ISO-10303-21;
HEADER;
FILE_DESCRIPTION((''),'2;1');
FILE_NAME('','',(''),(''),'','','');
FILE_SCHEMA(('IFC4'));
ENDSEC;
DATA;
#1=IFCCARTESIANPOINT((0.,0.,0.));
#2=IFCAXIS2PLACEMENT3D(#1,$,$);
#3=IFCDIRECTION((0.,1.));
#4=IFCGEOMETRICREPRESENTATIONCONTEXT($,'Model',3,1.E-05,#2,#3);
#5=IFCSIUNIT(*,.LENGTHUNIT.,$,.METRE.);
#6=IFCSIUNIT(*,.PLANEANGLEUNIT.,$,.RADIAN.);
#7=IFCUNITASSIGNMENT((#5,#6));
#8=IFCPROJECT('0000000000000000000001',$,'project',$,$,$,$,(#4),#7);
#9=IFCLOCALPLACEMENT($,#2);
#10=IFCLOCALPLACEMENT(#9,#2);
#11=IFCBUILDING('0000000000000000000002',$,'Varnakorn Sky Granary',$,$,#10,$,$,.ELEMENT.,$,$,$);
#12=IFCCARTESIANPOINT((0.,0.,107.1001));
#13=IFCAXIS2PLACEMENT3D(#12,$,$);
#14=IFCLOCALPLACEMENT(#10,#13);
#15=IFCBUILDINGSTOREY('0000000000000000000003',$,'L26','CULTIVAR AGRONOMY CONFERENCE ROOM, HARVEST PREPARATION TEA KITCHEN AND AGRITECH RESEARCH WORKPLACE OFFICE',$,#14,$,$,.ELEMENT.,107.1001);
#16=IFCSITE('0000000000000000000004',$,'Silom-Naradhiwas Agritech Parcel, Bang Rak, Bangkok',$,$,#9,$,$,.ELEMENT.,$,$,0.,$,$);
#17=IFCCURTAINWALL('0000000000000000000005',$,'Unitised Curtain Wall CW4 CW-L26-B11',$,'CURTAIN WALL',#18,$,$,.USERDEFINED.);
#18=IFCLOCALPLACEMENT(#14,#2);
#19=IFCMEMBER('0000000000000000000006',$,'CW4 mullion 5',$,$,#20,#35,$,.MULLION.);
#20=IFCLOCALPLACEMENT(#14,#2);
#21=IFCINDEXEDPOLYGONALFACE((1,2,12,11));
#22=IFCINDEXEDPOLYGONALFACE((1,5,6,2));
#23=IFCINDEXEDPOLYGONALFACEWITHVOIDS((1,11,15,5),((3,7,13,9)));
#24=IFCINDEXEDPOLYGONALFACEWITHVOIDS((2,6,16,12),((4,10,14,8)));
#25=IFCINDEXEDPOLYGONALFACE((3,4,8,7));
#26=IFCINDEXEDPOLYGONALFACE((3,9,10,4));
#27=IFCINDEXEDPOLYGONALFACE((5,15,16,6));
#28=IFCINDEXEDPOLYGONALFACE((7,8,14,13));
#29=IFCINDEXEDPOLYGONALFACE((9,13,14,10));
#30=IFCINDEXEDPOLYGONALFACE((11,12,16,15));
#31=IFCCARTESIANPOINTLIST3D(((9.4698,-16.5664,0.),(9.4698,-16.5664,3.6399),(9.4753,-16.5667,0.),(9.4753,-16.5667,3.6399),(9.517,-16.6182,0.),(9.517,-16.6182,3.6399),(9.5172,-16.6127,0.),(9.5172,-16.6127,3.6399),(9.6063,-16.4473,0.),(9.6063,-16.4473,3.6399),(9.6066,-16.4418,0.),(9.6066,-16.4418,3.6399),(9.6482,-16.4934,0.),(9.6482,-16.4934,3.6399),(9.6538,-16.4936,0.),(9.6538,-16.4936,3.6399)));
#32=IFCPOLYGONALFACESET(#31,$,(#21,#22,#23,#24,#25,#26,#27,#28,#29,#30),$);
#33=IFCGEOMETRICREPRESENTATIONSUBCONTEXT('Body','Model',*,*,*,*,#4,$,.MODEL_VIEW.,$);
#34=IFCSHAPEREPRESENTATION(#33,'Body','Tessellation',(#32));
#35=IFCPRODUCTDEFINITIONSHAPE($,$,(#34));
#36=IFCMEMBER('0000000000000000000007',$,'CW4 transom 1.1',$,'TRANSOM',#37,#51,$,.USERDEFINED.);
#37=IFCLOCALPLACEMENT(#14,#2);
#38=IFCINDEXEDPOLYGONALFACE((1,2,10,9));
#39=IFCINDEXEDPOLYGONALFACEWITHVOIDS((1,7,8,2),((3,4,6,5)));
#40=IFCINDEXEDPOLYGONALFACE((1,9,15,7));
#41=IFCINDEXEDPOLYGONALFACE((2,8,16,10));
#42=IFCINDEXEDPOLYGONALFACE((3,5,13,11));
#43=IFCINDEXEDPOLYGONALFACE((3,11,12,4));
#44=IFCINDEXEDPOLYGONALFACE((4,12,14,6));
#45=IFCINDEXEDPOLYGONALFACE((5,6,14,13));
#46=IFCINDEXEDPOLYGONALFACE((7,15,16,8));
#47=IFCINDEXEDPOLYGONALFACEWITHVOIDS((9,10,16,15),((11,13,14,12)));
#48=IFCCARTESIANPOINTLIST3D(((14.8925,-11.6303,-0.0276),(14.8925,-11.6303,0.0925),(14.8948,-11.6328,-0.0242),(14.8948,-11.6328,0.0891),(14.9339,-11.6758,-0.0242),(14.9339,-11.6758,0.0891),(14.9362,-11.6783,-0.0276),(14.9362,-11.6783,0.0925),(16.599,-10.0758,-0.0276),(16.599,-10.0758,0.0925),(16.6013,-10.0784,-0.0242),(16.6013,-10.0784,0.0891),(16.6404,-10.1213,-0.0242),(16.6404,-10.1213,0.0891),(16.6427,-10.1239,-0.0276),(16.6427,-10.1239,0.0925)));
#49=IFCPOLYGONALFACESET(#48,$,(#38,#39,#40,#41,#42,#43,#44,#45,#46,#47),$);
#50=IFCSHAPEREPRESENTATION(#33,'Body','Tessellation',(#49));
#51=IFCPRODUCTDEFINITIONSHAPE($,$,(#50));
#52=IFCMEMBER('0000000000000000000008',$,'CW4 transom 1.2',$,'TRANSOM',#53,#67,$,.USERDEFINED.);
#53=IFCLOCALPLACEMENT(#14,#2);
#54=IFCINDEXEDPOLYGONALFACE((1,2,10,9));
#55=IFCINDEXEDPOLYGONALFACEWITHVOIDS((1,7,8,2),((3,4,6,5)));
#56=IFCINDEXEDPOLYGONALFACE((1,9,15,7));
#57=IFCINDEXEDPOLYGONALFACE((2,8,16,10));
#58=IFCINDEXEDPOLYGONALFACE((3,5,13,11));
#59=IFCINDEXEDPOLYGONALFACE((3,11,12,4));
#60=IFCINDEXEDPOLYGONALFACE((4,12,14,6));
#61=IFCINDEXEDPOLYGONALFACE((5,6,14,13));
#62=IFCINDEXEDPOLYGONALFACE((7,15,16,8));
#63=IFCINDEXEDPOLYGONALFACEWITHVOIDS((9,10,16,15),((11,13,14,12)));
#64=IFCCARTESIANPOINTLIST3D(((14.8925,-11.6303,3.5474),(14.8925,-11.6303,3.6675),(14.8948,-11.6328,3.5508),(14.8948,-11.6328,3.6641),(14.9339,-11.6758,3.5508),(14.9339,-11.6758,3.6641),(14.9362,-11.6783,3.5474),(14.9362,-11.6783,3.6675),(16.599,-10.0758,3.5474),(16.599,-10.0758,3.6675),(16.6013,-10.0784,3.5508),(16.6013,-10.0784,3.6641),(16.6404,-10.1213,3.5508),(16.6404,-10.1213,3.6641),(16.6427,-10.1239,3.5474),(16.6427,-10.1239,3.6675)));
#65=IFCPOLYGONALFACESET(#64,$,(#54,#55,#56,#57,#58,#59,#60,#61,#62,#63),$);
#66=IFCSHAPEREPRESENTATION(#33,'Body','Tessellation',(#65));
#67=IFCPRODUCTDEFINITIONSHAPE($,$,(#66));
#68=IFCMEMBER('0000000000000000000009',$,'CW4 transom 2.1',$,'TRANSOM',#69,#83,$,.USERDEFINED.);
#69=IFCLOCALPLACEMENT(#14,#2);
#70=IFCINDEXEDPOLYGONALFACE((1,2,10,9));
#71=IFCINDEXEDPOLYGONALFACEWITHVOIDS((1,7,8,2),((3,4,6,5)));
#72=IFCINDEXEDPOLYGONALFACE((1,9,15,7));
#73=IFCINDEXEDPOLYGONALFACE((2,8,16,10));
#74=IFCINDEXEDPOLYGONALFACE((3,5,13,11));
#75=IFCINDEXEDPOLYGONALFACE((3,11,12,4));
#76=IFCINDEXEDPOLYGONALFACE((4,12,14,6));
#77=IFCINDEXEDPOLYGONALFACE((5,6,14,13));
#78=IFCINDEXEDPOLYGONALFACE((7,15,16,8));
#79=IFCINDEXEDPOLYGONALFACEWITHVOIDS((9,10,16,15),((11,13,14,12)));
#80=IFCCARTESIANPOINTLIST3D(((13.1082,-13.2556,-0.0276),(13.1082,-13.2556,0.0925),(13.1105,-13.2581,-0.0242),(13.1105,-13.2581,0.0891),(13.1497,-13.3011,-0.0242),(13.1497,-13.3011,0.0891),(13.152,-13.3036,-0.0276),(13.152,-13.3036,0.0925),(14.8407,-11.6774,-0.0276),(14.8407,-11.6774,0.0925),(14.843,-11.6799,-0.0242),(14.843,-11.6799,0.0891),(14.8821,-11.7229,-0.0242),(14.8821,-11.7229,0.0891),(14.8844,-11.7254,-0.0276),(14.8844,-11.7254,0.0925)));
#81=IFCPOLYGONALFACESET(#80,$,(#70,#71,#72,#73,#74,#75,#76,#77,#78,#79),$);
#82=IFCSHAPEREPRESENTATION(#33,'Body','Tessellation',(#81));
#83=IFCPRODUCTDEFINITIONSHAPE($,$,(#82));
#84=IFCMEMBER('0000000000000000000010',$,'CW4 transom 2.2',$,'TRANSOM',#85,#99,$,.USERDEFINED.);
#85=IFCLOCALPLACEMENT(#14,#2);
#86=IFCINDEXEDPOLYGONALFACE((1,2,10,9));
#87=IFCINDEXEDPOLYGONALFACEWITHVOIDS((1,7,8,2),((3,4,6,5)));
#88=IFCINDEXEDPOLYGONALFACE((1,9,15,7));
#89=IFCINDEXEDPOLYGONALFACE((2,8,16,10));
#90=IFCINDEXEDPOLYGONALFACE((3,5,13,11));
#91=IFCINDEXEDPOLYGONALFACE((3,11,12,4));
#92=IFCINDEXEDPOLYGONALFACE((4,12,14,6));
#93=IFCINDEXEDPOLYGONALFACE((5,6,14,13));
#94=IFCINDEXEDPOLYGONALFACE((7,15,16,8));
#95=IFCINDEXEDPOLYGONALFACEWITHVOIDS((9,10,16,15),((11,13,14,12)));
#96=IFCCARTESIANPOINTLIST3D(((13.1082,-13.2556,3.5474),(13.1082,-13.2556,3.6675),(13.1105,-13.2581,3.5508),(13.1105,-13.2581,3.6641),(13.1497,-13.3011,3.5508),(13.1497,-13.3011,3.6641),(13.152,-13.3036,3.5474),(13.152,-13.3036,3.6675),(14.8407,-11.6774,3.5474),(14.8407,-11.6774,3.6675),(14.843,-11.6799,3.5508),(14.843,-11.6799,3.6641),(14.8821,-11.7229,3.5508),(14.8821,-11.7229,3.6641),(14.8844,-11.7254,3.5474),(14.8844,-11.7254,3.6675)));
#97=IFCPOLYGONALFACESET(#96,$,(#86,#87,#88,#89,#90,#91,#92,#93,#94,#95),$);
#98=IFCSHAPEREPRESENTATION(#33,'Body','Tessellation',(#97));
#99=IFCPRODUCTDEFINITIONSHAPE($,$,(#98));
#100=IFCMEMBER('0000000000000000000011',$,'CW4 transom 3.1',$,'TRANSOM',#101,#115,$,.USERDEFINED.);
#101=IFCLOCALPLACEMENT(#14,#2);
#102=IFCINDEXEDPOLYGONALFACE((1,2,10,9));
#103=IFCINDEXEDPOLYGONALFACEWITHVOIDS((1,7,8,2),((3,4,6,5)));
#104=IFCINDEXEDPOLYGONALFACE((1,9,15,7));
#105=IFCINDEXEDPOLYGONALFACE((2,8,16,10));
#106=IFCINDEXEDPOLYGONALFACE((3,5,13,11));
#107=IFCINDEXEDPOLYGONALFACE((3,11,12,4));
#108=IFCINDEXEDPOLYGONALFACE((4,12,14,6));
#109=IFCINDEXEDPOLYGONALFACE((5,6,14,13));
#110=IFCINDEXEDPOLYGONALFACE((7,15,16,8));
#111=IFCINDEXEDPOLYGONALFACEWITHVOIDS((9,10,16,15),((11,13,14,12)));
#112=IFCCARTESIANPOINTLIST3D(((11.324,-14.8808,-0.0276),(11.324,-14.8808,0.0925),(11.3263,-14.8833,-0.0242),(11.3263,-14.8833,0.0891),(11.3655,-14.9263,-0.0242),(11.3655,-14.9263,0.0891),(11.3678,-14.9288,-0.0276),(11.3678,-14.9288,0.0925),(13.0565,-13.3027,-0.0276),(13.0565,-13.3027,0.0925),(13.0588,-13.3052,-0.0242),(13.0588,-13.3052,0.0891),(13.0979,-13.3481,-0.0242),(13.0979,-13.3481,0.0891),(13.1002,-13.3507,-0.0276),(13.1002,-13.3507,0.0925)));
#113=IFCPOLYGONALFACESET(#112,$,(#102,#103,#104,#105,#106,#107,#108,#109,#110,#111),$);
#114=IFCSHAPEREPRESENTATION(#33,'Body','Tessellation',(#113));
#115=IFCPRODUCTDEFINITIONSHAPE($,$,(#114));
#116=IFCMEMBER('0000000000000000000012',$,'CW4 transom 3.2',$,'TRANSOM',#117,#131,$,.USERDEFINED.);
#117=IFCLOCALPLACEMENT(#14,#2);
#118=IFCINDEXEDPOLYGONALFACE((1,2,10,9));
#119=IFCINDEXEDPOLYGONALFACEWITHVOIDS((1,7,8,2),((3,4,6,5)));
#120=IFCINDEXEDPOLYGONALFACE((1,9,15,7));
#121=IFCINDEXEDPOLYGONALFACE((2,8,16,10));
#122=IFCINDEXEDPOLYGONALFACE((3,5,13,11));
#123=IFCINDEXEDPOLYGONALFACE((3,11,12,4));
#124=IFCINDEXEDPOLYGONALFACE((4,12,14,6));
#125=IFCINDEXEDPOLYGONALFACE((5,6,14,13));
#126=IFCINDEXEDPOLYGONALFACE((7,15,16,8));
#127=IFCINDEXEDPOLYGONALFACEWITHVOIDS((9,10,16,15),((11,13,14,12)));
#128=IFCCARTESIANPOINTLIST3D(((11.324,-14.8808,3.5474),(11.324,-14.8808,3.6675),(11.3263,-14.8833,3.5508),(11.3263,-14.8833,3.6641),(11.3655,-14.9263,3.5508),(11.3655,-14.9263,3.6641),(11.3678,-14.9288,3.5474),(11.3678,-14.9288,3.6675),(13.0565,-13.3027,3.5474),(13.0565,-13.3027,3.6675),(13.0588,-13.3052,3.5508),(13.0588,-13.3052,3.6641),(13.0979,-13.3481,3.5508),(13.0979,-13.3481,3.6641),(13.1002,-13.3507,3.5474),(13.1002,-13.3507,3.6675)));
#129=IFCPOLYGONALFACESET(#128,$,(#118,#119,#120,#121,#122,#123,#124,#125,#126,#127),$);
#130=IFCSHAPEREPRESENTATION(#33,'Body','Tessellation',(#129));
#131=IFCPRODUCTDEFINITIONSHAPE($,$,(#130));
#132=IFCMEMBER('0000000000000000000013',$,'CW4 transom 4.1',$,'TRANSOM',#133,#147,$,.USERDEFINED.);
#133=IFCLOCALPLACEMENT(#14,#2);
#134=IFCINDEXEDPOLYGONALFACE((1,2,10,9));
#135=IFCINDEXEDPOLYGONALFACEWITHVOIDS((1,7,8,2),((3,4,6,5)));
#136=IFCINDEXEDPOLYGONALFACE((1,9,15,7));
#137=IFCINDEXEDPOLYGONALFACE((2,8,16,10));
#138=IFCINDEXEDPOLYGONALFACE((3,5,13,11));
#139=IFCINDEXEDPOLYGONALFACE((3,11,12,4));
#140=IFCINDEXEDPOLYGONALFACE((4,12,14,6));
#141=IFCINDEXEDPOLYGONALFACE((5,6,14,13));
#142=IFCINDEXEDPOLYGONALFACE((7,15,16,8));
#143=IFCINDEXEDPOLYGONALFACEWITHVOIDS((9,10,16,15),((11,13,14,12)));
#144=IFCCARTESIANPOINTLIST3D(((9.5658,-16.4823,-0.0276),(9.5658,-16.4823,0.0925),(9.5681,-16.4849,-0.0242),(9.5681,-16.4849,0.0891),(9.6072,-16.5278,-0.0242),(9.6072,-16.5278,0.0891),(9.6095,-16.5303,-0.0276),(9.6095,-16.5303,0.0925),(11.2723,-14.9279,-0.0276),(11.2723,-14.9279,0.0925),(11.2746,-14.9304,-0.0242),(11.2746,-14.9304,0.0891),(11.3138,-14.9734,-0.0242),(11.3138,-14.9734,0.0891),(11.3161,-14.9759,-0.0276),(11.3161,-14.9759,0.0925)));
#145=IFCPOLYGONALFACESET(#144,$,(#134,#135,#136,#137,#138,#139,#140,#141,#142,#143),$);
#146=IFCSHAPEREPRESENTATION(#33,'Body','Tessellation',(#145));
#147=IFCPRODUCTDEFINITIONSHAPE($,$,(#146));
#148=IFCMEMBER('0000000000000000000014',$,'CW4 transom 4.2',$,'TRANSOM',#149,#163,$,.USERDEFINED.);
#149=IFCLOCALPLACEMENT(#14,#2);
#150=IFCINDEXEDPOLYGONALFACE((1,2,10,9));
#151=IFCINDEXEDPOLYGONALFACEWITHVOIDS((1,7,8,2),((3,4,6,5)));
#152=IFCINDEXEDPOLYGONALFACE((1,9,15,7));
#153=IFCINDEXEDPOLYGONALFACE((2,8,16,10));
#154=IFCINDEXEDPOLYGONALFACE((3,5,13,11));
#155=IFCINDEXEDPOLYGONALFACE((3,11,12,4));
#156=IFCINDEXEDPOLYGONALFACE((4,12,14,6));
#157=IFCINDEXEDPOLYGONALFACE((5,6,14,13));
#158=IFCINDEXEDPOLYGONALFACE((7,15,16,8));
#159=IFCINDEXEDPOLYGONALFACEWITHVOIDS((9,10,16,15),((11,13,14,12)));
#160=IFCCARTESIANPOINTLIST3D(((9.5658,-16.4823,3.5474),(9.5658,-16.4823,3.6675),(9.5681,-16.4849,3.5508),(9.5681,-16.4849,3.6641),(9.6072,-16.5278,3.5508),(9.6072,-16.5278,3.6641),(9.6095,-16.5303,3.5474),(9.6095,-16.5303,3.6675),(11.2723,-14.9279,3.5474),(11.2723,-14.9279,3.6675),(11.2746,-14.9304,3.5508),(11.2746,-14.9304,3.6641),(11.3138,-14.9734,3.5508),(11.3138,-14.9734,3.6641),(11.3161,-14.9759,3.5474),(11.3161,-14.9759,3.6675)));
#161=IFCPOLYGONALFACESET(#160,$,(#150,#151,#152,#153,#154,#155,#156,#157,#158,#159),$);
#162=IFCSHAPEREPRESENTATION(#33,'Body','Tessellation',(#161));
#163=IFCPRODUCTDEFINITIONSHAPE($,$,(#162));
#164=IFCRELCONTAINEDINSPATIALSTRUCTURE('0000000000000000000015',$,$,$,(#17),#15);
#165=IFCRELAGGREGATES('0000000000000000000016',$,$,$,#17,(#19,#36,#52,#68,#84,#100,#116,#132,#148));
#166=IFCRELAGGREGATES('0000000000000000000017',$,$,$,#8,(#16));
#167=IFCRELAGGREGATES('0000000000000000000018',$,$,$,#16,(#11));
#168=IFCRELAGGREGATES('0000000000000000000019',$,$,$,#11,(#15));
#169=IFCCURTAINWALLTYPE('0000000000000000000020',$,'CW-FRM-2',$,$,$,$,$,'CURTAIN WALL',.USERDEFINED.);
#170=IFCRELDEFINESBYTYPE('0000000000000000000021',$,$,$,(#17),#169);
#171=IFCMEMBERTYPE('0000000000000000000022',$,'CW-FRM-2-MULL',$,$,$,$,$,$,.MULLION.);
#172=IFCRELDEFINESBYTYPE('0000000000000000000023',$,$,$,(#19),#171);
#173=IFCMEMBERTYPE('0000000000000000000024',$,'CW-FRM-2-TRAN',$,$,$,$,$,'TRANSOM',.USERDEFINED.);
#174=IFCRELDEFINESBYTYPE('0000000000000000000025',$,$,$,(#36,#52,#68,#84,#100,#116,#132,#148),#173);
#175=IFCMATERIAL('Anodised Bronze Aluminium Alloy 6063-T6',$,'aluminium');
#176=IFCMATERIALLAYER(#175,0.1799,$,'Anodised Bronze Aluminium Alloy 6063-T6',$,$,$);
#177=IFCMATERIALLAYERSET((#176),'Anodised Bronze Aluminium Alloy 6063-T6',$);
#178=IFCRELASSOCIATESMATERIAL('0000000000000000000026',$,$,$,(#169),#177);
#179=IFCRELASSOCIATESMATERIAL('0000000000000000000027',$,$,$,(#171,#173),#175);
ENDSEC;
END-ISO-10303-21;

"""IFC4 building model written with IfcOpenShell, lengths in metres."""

from ifc_helpers import new_model, si_unit, direction, frame, origin, origin_2d, place, context, subcontext, project, spatial, hollow_rectangle, extrude, material, layer, layer_set, material_profile, profile_set, type_object, element, aggregate, save


model = new_model("IFC4")

# Units and contexts
model_context = context("Model", 3, precision=1e-05, world=origin(), true_north=direction((0.0, 1.0)))
body_context = subcontext(model_context, "Body", "Model", "MODEL_VIEW")
ifc_project = project(units=[si_unit("LENGTHUNIT", "METRE"), si_unit("PLANEANGLEUNIT", "RADIAN")], contexts=[model_context])

# Site, building, storey
site_placement = place(None, origin())
site = spatial("IfcSite", under=ifc_project, at=site_placement, Name="Silom-Naradhiwas Agritech Parcel, Bang Rak, Bangkok", CompositionType="ELEMENT", RefElevation=0.0)
building_placement = place(site_placement, origin())
building = spatial("IfcBuilding", under=site, at=building_placement, Name="Varnakorn Sky Granary", CompositionType="ELEMENT")
storey_placement = place(building_placement, frame((0.0, 0.0, 107.1001)))
storey = spatial("IfcBuildingStorey", under=building, at=storey_placement, Name="L26", Description="CULTIVAR AGRONOMY CONFERENCE ROOM, HARVEST PREPARATION TEA KITCHEN AND AGRITECH RESEARCH WORKPLACE OFFICE", CompositionType="ELEMENT", Elevation=107.1001)

# Curtain wall, members
ifc_material_1 = material(Name="Anodised Bronze Aluminium Alloy 6063-T6", Category="aluminium")
ifc_layer_1 = layer(ifc_material_1, 0.1799, Name="Anodised Bronze Aluminium Alloy 6063-T6")
ifc_layer_set_1 = layer_set([ifc_layer_1], Name="Anodised Bronze Aluminium Alloy 6063-T6")
curtain_wall_type = type_object("IfcCurtainWallType", Name="CW-FRM-2", ElementType="CURTAIN WALL", PredefinedType="USERDEFINED", material=ifc_layer_set_1)
curtain_wall_placement = place(storey_placement, origin())
curtain_wall = element("IfcCurtainWall", 1, at=curtain_wall_placement, inside=storey, type_object=curtain_wall_type, Name="Unitised Curtain Wall CW4 CW-L26-B11", ObjectType="CURTAIN WALL", PredefinedType="USERDEFINED")
ifc_material_profile_1 = material_profile(ifc_material_1, hollow_rectangle(XDim=0.0701, YDim=0.1851, WallThickness=0.0039, at=origin_2d()), Name="ALU MULL 70x185")
ifc_profile_set_1 = profile_set([ifc_material_profile_1], Name="Anodised Bronze Aluminium Alloy 6063-T6")
member_type_1 = type_object("IfcMemberType", Name="CW-FRM-2-MULL", PredefinedType="MULLION", material=ifc_profile_set_1)
member_1_placement = place(storey_placement, frame((9.5618, -16.53, 0.0), z_axis=(0.0, 0.0, 1.0), x_axis=(0.673414, -0.739265, 0.0)))
member_1 = element("IfcMember", 2, at=member_1_placement, type_object=member_type_1, Name="CW4 mullion 5", PredefinedType="MULLION", context=body_context, shape_type="SweptSolid", body=[
    extrude(hollow_rectangle(XDim=0.0701, YDim=0.1851, WallThickness=0.0039, at=origin_2d()), origin(), (0.0, 0.0, 1.0), 3.6399),
])
ifc_material_profile_2 = material_profile(ifc_material_1, hollow_rectangle(XDim=0.0649, YDim=0.1201, WallThickness=0.0034, at=origin_2d()), Name="ALU TRAN 65x120")
ifc_profile_set_2 = profile_set([ifc_material_profile_2], Name="Anodised Bronze Aluminium Alloy 6063-T6")
member_type_2 = type_object("IfcMemberType", Name="CW-FRM-2-TRAN", ElementType="TRANSOM", PredefinedType="USERDEFINED", material=ifc_profile_set_2)
member_2_placement = place(storey_placement, frame((16.6208, -10.0999, 0.0325), z_axis=(-0.739284, -0.673394, 0.0), x_axis=(0.673394, -0.739284, 0.0)))
member_2 = element("IfcMember", 3, at=member_2_placement, type_object=member_type_2, Name="CW4 transom 1.1", ObjectType="TRANSOM", PredefinedType="USERDEFINED", context=body_context, shape_type="SweptSolid", body=[
    extrude(hollow_rectangle(XDim=0.0649, YDim=0.1201, WallThickness=0.0034, at=origin_2d()), origin(), (0.0, 0.0, 1.0), 2.3083),
])
member_3_placement = place(storey_placement, frame((16.6208, -10.0999, 3.6074), z_axis=(-0.739284, -0.673394, 0.0), x_axis=(0.673394, -0.739284, 0.0)))
member_3 = element("IfcMember", 4, at=member_3_placement, type_object=member_type_2, Name="CW4 transom 1.2", ObjectType="TRANSOM", PredefinedType="USERDEFINED", context=body_context, shape_type="SweptSolid", body=[
    extrude(hollow_rectangle(XDim=0.0649, YDim=0.1201, WallThickness=0.0034, at=origin_2d()), origin(), (0.0, 0.0, 1.0), 2.3083),
])
member_4_placement = place(storey_placement, frame((14.8625, -11.7014, 0.0325), z_axis=(-0.739261, -0.673419, 0.0), x_axis=(0.673419, -0.739261, 0.0)))
member_4 = element("IfcMember", 5, at=member_4_placement, type_object=member_type_2, Name="CW4 transom 2.1", ObjectType="TRANSOM", PredefinedType="USERDEFINED", context=body_context, shape_type="SweptSolid", body=[
    extrude(hollow_rectangle(XDim=0.0649, YDim=0.1201, WallThickness=0.0034, at=origin_2d()), origin(), (0.0, 0.0, 1.0), 2.3435),
])
member_5_placement = place(storey_placement, frame((14.8625, -11.7014, 3.6074), z_axis=(-0.739261, -0.673419, 0.0), x_axis=(0.673419, -0.739261, 0.0)))
member_5 = element("IfcMember", 6, at=member_5_placement, type_object=member_type_2, Name="CW4 transom 2.2", ObjectType="TRANSOM", PredefinedType="USERDEFINED", context=body_context, shape_type="SweptSolid", body=[
    extrude(hollow_rectangle(XDim=0.0649, YDim=0.1201, WallThickness=0.0034, at=origin_2d()), origin(), (0.0, 0.0, 1.0), 2.3435),
])
member_6_placement = place(storey_placement, frame((13.0784, -13.3267, 0.0325), z_axis=(-0.739261, -0.673419, 0.0), x_axis=(0.673419, -0.739261, 0.0)))
member_6 = element("IfcMember", 7, at=member_6_placement, type_object=member_type_2, Name="CW4 transom 3.1", ObjectType="TRANSOM", PredefinedType="USERDEFINED", context=body_context, shape_type="SweptSolid", body=[
    extrude(hollow_rectangle(XDim=0.0649, YDim=0.1201, WallThickness=0.0034, at=origin_2d()), origin(), (0.0, 0.0, 1.0), 2.3435),
])
member_7_placement = place(storey_placement, frame((13.0784, -13.3267, 3.6074), z_axis=(-0.739261, -0.673419, 0.0), x_axis=(0.673419, -0.739261, 0.0)))
member_7 = element("IfcMember", 8, at=member_7_placement, type_object=member_type_2, Name="CW4 transom 3.2", ObjectType="TRANSOM", PredefinedType="USERDEFINED", context=body_context, shape_type="SweptSolid", body=[
    extrude(hollow_rectangle(XDim=0.0649, YDim=0.1201, WallThickness=0.0034, at=origin_2d()), origin(), (0.0, 0.0, 1.0), 2.3435),
])
member_8_placement = place(storey_placement, frame((11.2942, -14.9519, 0.0325), z_axis=(-0.739284, -0.673394, 0.0), x_axis=(0.673394, -0.739284, 0.0)))
member_8 = element("IfcMember", 9, at=member_8_placement, type_object=member_type_2, Name="CW4 transom 4.1", ObjectType="TRANSOM", PredefinedType="USERDEFINED", context=body_context, shape_type="SweptSolid", body=[
    extrude(hollow_rectangle(XDim=0.0649, YDim=0.1201, WallThickness=0.0034, at=origin_2d()), origin(), (0.0, 0.0, 1.0), 2.3083),
])
member_9_placement = place(storey_placement, frame((11.2942, -14.9519, 3.6074), z_axis=(-0.739284, -0.673394, 0.0), x_axis=(0.673394, -0.739284, 0.0)))
member_9 = element("IfcMember", 10, at=member_9_placement, type_object=member_type_2, Name="CW4 transom 4.2", ObjectType="TRANSOM", PredefinedType="USERDEFINED", context=body_context, shape_type="SweptSolid", body=[
    extrude(hollow_rectangle(XDim=0.0649, YDim=0.1201, WallThickness=0.0034, at=origin_2d()), origin(), (0.0, 0.0, 1.0), 2.3083),
])

aggregate(curtain_wall, [member_1, member_2, member_3, member_4, member_5, member_6, member_7, member_8, member_9])

save(model, "model.ifc")
